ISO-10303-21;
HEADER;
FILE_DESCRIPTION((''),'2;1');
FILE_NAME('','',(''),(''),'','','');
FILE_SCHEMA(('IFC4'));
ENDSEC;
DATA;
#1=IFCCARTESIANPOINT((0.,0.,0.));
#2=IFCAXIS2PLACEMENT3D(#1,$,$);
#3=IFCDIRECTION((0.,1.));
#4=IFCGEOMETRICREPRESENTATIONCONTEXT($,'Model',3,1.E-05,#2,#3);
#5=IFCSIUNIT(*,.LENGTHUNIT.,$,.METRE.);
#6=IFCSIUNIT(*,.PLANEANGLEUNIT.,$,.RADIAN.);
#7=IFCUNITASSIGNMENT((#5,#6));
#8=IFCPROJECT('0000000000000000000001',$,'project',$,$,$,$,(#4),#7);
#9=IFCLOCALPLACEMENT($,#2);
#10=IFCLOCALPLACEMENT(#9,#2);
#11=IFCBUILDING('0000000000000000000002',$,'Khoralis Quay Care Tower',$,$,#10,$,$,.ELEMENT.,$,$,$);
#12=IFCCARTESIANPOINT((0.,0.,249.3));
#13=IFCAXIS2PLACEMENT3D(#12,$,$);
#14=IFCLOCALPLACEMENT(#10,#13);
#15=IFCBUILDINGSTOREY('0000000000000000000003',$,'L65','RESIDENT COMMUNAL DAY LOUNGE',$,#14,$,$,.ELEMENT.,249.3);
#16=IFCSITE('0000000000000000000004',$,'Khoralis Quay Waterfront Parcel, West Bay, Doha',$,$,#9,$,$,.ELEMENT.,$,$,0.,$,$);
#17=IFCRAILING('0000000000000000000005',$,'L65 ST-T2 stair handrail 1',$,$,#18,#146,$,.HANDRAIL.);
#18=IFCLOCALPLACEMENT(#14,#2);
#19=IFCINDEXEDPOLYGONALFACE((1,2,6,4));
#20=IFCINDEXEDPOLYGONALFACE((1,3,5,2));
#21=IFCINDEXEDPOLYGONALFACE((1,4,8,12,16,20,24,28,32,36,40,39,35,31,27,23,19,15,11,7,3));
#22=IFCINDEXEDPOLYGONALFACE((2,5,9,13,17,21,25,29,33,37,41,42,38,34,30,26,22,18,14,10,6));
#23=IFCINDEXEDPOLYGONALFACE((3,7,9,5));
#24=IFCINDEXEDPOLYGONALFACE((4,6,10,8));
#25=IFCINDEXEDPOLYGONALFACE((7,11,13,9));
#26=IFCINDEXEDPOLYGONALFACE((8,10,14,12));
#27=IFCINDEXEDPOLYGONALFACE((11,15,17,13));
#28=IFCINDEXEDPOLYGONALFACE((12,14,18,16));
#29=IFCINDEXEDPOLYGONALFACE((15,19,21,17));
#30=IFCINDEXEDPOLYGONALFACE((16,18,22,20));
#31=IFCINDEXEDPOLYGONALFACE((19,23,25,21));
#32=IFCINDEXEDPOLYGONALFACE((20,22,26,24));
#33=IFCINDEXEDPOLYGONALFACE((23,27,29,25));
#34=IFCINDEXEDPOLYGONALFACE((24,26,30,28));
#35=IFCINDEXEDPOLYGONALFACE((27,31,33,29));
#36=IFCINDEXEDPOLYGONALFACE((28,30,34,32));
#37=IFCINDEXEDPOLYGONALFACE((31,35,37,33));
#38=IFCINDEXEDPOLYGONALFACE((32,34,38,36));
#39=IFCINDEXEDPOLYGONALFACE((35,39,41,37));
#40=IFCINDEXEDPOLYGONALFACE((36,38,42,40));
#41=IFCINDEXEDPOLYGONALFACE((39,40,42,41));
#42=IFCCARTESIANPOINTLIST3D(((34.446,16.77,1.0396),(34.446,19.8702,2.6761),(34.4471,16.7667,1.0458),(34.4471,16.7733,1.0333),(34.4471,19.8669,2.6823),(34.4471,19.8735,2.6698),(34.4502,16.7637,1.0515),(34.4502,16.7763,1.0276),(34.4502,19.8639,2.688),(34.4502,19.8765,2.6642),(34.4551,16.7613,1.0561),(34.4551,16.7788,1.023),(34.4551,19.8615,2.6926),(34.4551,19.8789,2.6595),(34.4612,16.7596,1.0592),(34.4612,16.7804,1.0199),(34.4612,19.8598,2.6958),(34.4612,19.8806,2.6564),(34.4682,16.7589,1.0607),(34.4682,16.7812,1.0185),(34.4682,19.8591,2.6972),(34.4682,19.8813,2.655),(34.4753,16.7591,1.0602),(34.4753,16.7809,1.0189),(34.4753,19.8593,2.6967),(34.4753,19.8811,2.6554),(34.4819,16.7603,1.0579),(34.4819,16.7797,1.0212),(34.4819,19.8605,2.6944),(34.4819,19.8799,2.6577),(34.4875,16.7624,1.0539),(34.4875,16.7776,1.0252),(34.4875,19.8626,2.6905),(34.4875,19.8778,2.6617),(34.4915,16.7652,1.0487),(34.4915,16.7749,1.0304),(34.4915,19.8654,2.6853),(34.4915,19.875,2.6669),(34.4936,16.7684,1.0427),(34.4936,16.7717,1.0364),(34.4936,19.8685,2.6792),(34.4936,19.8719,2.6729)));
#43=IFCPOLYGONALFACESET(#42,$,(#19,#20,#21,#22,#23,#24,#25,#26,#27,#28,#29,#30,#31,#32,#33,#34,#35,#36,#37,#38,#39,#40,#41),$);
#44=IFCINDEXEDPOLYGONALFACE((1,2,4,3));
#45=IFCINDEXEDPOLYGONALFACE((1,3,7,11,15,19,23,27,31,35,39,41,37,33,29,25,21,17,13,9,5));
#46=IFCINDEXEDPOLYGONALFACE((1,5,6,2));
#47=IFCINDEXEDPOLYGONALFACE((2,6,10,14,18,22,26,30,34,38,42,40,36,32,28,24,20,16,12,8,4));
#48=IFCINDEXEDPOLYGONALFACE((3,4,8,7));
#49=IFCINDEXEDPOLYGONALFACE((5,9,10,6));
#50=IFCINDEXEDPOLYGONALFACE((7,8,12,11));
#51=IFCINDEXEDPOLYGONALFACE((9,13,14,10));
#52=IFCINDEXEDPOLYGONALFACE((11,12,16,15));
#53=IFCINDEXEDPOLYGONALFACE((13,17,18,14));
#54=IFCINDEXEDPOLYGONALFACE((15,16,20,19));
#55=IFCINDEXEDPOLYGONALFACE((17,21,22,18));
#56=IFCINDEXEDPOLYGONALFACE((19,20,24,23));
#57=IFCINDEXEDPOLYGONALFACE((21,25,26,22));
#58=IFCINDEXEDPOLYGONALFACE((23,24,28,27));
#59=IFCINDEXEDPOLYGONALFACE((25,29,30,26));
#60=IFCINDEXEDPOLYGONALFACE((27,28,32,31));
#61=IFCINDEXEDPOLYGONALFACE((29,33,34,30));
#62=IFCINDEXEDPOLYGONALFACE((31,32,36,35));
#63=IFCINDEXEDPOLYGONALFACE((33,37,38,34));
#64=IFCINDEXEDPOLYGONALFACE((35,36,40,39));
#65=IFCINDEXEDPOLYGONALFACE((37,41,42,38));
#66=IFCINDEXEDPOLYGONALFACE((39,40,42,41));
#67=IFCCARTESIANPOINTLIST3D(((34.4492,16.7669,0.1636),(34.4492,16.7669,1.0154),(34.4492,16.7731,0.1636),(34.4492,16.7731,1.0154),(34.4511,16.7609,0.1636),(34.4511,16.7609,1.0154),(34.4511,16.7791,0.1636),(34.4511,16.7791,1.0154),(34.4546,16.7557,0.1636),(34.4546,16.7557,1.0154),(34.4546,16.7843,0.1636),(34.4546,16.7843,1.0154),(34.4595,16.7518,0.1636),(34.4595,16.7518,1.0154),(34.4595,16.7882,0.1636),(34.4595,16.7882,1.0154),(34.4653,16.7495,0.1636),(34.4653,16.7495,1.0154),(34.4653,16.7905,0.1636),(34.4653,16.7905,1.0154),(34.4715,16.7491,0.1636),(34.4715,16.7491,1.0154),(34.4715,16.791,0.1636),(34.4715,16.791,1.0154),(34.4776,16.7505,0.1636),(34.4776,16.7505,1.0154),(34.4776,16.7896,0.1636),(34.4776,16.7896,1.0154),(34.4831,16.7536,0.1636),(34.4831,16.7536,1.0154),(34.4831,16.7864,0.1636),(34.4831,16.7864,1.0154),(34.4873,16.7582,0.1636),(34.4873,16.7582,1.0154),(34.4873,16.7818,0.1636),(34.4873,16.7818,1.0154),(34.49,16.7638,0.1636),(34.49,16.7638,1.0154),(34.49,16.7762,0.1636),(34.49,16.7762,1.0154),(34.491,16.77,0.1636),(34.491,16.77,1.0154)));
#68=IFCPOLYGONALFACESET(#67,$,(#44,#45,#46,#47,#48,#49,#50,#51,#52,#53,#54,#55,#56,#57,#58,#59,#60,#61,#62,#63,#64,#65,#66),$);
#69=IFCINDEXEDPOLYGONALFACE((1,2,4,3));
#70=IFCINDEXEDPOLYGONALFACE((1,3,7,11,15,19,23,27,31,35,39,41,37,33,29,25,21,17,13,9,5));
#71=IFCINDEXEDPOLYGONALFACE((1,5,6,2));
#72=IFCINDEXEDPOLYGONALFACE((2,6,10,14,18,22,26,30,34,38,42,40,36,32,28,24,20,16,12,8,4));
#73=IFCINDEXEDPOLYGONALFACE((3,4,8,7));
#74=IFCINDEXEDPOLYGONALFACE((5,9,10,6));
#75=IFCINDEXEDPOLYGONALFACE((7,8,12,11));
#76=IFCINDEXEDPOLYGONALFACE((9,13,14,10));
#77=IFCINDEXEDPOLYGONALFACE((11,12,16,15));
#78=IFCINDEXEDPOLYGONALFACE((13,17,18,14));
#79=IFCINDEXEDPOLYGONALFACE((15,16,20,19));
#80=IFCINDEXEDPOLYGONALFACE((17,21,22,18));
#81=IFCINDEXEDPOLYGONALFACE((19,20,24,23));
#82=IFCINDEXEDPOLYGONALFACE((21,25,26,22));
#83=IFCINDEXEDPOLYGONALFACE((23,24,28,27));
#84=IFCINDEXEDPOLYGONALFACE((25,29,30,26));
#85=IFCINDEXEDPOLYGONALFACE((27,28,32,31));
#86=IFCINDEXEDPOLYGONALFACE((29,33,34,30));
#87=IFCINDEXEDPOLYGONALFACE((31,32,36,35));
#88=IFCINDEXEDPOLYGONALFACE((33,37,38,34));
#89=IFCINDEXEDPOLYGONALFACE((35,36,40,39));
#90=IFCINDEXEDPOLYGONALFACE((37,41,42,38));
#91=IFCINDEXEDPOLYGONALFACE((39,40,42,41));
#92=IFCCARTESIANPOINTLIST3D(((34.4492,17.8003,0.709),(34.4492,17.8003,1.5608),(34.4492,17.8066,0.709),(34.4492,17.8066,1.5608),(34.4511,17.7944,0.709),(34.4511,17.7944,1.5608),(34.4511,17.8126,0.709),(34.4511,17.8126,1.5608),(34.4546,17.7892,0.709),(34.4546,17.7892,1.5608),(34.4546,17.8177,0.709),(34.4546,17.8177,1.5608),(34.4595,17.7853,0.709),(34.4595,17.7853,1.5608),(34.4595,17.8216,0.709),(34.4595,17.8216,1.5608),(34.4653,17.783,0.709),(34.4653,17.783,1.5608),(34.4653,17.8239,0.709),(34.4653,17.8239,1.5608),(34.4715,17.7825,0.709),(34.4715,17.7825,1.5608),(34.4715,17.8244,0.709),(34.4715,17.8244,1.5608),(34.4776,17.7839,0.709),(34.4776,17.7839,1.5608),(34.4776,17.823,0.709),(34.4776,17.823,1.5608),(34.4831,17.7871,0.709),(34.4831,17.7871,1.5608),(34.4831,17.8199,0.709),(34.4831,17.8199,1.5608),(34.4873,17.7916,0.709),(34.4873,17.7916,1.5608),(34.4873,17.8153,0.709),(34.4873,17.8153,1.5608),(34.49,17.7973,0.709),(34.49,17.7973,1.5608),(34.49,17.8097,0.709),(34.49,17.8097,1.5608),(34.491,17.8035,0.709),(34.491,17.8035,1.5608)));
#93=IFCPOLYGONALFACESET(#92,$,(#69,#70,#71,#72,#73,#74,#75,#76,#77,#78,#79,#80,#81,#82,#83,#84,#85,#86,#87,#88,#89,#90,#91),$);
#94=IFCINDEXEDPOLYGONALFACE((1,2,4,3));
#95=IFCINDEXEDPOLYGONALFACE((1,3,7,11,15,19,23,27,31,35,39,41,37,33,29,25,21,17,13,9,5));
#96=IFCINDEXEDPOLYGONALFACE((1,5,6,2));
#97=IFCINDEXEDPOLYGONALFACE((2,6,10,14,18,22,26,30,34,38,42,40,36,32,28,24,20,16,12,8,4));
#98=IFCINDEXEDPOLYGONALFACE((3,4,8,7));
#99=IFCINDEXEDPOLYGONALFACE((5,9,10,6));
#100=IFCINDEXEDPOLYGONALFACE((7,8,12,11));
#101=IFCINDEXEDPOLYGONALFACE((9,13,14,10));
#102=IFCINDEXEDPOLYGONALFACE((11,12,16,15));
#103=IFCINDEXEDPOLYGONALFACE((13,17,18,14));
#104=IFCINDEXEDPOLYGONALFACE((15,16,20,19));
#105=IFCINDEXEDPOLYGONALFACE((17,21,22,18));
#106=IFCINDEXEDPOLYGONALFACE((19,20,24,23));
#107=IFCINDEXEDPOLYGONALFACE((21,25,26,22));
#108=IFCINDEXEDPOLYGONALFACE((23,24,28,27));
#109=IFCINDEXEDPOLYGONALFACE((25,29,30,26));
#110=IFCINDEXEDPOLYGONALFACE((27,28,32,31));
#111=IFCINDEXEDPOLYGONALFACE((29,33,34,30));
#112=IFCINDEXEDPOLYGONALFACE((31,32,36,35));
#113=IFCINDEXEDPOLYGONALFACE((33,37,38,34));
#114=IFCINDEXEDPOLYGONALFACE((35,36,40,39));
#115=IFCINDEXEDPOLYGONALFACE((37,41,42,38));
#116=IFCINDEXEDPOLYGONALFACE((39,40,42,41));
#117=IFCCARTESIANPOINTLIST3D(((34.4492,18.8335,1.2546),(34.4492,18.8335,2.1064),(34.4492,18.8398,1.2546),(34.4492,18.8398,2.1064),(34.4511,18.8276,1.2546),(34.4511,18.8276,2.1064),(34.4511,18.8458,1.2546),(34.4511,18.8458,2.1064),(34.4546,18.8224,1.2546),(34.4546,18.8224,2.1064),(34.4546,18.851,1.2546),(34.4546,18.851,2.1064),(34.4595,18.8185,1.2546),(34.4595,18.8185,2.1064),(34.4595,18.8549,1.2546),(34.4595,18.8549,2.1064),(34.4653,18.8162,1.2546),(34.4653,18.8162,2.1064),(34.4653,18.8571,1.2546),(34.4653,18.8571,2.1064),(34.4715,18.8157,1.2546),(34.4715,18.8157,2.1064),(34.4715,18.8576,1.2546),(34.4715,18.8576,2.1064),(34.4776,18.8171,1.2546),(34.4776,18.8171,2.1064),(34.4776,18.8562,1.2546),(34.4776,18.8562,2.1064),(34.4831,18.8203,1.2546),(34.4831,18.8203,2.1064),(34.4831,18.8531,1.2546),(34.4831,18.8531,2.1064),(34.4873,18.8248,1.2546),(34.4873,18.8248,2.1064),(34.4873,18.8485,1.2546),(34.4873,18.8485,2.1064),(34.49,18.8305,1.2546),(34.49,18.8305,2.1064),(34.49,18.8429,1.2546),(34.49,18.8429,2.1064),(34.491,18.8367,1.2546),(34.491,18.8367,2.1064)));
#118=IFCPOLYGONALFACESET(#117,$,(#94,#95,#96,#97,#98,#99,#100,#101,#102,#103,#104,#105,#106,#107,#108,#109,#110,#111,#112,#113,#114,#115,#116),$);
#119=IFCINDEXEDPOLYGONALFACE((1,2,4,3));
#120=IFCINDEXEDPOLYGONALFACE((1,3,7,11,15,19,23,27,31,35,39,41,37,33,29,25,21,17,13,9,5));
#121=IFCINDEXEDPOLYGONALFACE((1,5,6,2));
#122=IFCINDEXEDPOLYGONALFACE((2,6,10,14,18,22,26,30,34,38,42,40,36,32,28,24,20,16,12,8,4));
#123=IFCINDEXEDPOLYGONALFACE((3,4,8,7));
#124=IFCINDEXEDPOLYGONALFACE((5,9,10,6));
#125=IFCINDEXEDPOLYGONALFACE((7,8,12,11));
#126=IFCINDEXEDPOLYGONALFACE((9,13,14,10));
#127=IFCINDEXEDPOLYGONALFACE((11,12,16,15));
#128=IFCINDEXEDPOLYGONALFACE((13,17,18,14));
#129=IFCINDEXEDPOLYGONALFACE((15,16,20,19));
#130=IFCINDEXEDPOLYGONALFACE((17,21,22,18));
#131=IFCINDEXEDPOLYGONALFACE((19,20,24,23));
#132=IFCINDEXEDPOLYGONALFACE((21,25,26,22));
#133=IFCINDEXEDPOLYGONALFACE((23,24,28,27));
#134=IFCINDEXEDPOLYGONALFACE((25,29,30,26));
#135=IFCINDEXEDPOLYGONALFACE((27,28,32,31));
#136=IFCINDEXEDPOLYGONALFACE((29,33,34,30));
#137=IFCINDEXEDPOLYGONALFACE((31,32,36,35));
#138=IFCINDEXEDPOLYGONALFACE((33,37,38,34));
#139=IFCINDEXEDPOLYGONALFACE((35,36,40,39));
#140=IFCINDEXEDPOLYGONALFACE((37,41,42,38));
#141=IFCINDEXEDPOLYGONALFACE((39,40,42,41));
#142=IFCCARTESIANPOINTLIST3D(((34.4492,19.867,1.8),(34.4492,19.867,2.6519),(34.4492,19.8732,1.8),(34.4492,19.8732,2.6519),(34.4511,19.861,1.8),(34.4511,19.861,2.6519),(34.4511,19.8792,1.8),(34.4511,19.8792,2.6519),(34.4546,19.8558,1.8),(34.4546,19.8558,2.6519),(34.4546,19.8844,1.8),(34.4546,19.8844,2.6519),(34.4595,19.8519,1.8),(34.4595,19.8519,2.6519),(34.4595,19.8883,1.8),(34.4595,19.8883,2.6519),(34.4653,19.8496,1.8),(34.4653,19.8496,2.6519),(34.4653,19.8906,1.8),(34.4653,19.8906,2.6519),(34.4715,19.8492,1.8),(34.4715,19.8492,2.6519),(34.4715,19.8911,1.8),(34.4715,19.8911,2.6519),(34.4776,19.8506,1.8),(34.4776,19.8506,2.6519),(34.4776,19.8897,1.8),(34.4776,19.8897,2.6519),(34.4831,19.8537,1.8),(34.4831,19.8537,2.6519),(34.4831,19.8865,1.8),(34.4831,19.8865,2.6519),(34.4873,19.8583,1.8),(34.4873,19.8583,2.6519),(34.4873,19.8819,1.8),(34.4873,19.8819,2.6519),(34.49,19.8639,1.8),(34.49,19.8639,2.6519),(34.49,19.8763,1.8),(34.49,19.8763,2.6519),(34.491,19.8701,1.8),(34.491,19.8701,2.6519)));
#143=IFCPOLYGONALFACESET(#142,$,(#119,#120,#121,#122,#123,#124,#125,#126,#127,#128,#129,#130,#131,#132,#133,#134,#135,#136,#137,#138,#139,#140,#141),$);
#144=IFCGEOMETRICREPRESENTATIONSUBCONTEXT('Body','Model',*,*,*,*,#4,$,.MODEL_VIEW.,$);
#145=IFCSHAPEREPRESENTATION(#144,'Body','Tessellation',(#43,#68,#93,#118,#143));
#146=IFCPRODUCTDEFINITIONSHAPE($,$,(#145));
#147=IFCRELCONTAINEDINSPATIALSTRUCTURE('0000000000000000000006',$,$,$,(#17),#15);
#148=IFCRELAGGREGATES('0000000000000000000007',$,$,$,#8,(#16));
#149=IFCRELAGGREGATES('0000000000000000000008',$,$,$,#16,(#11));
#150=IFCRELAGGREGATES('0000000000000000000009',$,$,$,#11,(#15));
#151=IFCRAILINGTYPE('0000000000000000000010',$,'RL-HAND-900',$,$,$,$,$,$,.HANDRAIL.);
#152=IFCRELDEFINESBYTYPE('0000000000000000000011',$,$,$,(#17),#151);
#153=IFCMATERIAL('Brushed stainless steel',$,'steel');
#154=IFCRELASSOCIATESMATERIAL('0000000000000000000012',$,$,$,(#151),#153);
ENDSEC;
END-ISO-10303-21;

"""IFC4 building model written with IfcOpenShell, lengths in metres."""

from ifc_helpers import new_model, si_unit, direction, frame, origin, origin_2d, place, context, subcontext, project, spatial, circle, extrude, material, type_object, element, save


model = new_model("IFC4")

# Units and contexts
model_context = context("Model", 3, precision=1e-05, world=origin(), true_north=direction((0.0, 1.0)))
body_context = subcontext(model_context, "Body", "Model", "MODEL_VIEW")
ifc_project = project(units=[si_unit("LENGTHUNIT", "METRE"), si_unit("PLANEANGLEUNIT", "RADIAN")], contexts=[model_context])

# Site, building, storey
site_placement = place(None, origin())
site = spatial("IfcSite", under=ifc_project, at=site_placement, Name="Khoralis Quay Waterfront Parcel, West Bay, Doha", CompositionType="ELEMENT", RefElevation=0.0)
building_placement = place(site_placement, origin())
building = spatial("IfcBuilding", under=site, at=building_placement, Name="Khoralis Quay Care Tower", CompositionType="ELEMENT")
storey_placement = place(building_placement, frame((0.0, 0.0, 249.3)))
storey = spatial("IfcBuildingStorey", under=building, at=storey_placement, Name="L65", Description="RESIDENT COMMUNAL DAY LOUNGE", CompositionType="ELEMENT", Elevation=249.3)

# Shared definitions
ifc_material_1 = material(Name="Brushed stainless steel", Category="steel")

# Railing
railing_type_1 = type_object("IfcRailingType", Name="RL-HAND-900", PredefinedType="HANDRAIL", material=ifc_material_1)
railing_1_placement = place(storey_placement, frame((34.47, 16.77, 0.1636)))
element("IfcRailing", 1, at=railing_1_placement, inside=storey, type_object=railing_type_1, Name="L65 ST-T2 stair handrail 1", PredefinedType="HANDRAIL", context=body_context, shape_type="SweptSolid", body=[
    extrude(circle(Radius=0.0239, at=origin_2d()), frame((0.0, 0.0, 0.876), z_axis=(0.0, 0.884348, 0.466828), x_axis=(-1.0, 0.0, 0.0)), (0.0, 0.0, 1.0), 3.5056),
    extrude(circle(Radius=0.021, at=origin_2d()), origin(), (0.0, 0.0, 1.0), 0.8518),
    extrude(circle(Radius=0.021, at=origin_2d()), frame((0.0, 1.0334, 0.5454)), (0.0, 0.0, 1.0), 0.8518),
    extrude(circle(Radius=0.021, at=origin_2d()), frame((0.0, 2.0667, 1.0911)), (0.0, 0.0, 1.0), 0.8518),
    extrude(circle(Radius=0.021, at=origin_2d()), frame((0.0, 3.1001, 1.6365)), (0.0, 0.0, 1.0), 0.8518),
])

save(model, "model.ifc")
